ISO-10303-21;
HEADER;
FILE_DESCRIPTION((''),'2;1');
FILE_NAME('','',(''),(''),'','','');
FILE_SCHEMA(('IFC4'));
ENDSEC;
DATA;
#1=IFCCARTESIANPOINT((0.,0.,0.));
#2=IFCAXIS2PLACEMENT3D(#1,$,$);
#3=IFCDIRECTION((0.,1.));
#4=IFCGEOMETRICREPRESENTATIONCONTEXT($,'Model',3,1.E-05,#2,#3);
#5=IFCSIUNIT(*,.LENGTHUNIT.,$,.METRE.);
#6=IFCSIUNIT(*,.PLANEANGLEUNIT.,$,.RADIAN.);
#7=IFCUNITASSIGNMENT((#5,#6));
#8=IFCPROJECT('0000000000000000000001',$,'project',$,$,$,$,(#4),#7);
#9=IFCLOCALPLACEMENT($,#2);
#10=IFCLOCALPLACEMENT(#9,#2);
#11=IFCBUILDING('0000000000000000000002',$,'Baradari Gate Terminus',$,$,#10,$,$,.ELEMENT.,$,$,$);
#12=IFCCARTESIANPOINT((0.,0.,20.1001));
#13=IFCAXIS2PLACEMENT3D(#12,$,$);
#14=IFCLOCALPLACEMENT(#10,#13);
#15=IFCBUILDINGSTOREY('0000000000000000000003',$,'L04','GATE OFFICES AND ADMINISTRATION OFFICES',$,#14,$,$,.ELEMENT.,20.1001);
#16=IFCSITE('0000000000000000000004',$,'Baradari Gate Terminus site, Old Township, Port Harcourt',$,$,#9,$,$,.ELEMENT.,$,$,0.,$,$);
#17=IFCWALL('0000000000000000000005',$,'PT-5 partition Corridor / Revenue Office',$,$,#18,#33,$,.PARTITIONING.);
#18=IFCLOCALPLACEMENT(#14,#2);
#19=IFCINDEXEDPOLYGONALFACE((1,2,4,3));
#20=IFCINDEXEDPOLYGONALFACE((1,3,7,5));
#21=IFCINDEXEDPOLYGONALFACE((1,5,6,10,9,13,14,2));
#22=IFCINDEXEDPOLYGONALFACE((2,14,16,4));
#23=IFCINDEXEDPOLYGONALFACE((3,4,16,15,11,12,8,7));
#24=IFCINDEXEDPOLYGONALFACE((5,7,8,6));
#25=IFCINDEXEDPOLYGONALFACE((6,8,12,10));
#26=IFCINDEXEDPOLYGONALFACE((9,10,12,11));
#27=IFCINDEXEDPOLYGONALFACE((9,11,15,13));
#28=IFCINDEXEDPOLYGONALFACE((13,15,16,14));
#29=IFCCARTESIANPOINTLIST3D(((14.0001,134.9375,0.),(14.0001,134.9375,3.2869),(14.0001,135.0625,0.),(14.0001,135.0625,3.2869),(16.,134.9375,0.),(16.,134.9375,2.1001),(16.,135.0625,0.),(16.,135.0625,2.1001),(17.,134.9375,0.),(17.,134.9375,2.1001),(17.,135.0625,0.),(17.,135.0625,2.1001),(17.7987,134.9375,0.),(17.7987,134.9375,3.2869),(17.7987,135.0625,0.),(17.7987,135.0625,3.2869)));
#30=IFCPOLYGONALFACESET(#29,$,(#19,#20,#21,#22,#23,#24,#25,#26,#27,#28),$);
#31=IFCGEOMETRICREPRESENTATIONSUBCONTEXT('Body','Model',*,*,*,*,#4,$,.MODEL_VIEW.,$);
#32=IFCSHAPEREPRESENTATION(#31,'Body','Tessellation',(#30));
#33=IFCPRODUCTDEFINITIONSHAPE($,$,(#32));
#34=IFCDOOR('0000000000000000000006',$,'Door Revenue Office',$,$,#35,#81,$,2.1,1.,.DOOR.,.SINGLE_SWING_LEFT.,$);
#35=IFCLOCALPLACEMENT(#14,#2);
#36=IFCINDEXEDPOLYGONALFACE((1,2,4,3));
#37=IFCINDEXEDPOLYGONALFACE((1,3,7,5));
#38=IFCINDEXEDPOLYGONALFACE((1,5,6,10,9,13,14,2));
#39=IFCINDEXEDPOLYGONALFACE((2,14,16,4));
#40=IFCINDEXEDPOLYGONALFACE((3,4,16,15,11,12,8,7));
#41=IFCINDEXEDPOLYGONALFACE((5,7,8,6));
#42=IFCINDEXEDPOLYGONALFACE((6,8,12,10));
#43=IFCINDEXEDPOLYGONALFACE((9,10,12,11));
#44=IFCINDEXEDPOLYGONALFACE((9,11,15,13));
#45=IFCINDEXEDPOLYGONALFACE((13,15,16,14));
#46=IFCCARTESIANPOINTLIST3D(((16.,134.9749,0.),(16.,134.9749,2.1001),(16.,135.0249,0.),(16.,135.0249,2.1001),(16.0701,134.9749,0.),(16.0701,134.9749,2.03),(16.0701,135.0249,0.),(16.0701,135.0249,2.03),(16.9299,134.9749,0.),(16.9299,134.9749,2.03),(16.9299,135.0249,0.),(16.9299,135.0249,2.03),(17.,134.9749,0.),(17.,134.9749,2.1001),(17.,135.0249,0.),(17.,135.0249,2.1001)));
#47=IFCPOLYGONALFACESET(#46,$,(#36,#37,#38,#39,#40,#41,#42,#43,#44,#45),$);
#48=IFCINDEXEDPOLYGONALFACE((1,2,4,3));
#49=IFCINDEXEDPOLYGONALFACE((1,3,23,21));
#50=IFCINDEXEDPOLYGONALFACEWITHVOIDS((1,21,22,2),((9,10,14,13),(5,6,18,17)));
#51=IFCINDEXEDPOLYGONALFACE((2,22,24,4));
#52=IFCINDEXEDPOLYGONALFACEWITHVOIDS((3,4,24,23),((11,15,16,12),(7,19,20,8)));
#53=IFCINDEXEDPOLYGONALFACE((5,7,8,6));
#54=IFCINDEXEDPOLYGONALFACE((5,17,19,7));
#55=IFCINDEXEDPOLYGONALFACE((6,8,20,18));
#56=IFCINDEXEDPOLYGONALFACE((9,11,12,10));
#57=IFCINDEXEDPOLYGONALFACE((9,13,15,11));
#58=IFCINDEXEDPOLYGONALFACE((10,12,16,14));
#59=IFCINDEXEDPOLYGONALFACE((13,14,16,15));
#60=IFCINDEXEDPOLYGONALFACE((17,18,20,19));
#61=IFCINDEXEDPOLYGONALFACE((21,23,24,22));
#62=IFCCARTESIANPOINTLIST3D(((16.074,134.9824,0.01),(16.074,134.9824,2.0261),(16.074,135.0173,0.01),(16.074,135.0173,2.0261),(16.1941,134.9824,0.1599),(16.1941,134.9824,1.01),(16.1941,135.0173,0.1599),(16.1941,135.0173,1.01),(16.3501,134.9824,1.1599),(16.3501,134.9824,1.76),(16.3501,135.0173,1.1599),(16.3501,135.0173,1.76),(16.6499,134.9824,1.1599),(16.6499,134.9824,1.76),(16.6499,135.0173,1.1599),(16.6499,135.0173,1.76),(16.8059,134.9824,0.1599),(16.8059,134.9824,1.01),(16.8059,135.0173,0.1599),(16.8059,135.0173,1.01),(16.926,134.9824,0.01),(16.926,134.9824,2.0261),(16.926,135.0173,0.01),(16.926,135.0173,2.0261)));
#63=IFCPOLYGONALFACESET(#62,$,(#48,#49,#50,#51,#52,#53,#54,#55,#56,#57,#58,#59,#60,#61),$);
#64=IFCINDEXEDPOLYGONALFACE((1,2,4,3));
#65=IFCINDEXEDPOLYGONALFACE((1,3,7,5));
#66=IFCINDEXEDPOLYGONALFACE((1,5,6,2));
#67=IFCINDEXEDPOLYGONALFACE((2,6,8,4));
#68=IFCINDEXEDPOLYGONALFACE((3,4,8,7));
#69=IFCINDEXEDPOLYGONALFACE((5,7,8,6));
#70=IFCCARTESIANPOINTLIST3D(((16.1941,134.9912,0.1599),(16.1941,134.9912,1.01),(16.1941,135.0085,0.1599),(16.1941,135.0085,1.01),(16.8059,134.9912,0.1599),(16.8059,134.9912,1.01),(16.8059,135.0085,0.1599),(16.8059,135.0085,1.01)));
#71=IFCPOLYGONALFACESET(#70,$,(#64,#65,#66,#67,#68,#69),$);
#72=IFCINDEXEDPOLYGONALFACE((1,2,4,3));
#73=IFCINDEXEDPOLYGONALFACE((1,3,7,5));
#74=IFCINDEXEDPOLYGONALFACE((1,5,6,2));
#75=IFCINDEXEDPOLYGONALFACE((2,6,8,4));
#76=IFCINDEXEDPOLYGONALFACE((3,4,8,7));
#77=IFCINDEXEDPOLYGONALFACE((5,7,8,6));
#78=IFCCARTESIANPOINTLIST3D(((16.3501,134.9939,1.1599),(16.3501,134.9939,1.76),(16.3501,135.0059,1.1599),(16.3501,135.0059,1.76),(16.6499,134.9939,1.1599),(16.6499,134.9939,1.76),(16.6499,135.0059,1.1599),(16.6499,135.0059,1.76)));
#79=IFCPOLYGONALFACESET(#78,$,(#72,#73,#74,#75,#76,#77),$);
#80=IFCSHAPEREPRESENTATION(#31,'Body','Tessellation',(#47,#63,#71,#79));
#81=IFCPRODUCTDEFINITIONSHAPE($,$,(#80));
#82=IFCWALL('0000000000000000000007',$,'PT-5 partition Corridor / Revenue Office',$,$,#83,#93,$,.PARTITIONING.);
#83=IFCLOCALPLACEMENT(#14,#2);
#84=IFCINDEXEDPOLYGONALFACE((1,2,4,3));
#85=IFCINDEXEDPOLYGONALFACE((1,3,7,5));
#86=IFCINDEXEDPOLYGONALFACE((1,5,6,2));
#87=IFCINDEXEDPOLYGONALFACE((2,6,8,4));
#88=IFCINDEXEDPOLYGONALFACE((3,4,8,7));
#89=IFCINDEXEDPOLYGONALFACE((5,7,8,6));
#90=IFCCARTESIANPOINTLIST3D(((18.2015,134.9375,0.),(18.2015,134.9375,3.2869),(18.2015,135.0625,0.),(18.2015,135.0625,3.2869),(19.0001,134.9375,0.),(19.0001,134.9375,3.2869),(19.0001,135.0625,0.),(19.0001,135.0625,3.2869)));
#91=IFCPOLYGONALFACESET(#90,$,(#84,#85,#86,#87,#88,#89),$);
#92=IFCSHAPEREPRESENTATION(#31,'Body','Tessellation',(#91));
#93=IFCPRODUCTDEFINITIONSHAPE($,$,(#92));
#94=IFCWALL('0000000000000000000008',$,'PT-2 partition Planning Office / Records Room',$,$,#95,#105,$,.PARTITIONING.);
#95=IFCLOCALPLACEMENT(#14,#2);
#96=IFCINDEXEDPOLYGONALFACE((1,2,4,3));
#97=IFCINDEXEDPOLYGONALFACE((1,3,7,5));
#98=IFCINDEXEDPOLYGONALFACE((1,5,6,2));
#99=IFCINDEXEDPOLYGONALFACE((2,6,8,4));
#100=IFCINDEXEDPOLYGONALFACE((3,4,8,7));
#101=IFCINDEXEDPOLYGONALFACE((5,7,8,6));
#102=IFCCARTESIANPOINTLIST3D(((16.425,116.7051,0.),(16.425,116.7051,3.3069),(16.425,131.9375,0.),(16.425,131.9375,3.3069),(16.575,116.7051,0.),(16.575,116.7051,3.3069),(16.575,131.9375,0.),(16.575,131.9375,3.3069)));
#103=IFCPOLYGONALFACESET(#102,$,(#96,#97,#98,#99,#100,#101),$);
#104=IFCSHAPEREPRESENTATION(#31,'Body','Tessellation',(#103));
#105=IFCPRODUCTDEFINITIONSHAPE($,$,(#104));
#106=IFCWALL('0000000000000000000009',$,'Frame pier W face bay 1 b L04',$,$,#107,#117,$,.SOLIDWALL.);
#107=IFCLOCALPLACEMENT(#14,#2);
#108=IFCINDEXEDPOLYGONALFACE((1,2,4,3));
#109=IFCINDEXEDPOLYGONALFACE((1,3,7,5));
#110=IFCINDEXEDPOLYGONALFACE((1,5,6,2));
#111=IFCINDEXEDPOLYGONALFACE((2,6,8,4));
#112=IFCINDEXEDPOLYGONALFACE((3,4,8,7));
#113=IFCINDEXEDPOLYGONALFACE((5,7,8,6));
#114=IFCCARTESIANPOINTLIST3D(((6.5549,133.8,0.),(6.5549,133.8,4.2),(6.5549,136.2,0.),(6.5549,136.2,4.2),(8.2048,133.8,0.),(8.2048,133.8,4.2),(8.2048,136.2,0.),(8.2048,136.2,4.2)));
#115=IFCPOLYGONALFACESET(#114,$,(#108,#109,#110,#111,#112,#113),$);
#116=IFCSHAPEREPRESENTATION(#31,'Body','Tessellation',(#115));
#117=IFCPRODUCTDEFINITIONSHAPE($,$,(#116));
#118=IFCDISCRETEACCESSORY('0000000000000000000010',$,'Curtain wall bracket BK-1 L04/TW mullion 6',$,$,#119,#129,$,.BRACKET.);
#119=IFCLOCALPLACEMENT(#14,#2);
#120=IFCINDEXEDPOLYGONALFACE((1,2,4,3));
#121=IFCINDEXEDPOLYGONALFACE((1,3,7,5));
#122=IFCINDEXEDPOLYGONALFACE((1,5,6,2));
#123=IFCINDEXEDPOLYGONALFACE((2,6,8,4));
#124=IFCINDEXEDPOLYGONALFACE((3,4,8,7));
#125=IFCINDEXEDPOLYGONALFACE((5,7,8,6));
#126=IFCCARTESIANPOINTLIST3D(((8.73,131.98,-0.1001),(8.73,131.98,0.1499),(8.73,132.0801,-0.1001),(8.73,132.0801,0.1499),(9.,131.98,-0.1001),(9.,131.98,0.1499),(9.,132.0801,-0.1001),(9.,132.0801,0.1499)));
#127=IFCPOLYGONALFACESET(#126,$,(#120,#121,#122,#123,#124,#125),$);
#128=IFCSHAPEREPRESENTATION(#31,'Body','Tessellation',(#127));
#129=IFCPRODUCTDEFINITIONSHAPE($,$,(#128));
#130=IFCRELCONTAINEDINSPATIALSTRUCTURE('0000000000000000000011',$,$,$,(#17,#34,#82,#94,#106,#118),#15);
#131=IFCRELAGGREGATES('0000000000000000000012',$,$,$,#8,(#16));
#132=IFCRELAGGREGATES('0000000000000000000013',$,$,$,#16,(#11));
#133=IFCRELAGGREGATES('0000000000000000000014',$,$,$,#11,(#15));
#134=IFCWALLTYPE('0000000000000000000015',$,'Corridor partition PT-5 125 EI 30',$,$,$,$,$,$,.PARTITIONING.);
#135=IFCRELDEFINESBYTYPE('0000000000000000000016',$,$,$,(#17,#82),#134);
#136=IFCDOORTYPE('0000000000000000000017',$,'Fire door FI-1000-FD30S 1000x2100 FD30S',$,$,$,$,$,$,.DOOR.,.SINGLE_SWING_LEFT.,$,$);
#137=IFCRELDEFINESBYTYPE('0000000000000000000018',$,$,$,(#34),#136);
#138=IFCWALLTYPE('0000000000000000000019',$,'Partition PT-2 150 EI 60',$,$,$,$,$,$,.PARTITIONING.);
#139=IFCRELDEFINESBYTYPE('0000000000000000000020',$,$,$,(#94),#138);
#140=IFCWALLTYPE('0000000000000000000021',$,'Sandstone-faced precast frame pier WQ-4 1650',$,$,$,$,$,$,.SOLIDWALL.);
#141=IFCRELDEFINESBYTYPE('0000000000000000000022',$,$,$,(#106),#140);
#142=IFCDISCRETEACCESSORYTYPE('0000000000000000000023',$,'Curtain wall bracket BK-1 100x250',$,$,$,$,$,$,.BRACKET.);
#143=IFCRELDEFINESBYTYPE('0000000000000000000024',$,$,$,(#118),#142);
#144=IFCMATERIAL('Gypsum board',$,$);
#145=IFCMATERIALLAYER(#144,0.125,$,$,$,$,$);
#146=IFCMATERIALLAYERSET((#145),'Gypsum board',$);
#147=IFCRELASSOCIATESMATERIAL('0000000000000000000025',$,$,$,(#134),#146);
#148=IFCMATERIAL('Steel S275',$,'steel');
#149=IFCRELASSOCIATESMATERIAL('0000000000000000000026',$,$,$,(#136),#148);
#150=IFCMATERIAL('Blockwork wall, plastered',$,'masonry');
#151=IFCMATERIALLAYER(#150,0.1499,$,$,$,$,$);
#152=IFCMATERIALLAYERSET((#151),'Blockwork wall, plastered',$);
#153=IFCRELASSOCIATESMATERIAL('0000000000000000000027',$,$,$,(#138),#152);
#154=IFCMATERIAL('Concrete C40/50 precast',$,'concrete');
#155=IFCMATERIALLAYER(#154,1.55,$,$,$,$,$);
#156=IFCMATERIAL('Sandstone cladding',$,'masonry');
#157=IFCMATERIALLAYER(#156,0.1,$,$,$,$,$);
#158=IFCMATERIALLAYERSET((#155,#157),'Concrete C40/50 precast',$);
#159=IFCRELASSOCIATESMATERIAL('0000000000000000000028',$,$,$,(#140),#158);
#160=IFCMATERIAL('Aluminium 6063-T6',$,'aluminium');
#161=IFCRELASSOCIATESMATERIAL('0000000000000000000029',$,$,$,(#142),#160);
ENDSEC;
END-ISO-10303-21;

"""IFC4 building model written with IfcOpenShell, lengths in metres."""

from ifc_helpers import new_model, si_unit, direction, frame, frame_2d, origin, origin_2d, place, context, subcontext, project, spatial, polyline, rectangle, outline, extrude, material, layer, layer_set, type_object, element, fill, save


model = new_model("IFC4")

# Units and contexts
model_context = context("Model", 3, precision=1e-05, world=origin(), true_north=direction((0.0, 1.0)))
body_context = subcontext(model_context, "Body", "Model", "MODEL_VIEW")
ifc_project = project(units=[si_unit("LENGTHUNIT", "METRE"), si_unit("PLANEANGLEUNIT", "RADIAN")], contexts=[model_context])

# Site, building, storey
site_placement = place(None, origin())
site = spatial("IfcSite", under=ifc_project, at=site_placement, Name="Baradari Gate Terminus site, Old Township, Port Harcourt", CompositionType="ELEMENT", RefElevation=0.0)
building_placement = place(site_placement, origin())
building = spatial("IfcBuilding", under=site, at=building_placement, Name="Baradari Gate Terminus", CompositionType="ELEMENT")
storey_placement = place(building_placement, frame((0.0, 0.0, 20.1001)))
storey = spatial("IfcBuildingStorey", under=building, at=storey_placement, Name="L04", Description="GATE OFFICES AND ADMINISTRATION OFFICES", CompositionType="ELEMENT", Elevation=20.1001)

# Wall, opening, door
ifc_material_1 = material(Name="Gypsum board")
ifc_layer_1 = layer(ifc_material_1, 0.125)
ifc_layer_set_1 = layer_set([ifc_layer_1], Name="Gypsum board")
wall_type_1 = type_object("IfcWallType", Name="Corridor partition PT-5 125 EI 30", PredefinedType="PARTITIONING", material=ifc_layer_set_1)
ifc_material_2 = material(Name="Steel S275", Category="steel")
door_type = type_object("IfcDoorType", Name="Fire door FI-1000-FD30S 1000x2100 FD30S", OperationType="SINGLE_SWING_LEFT", PredefinedType="DOOR", material=ifc_material_2)
wall_1_placement = place(storey_placement, frame((14.0, 135.0, 0.0), z_axis=(0.0, 0.0, 1.0), x_axis=(1.0, 0.0, 0.0)))
wall_1 = element("IfcWall", 1, at=wall_1_placement, inside=storey, type_object=wall_type_1, Name="PT-5 partition Corridor / Revenue Office", PredefinedType="PARTITIONING", context=body_context, shape_type="SweptSolid", body=[
    extrude(rectangle(XDim=3.7986, YDim=0.125, at=frame_2d((1.8994, 0.0))), origin(), (0.0, 0.0, 1.0), 3.2869),
])
opening_1_placement = place(wall_1_placement, frame((2.0, 0.0, 0.0)))
opening_1 = element("IfcOpeningElement", 2, at=opening_1_placement, cuts=wall_1, PredefinedType="OPENING", context=body_context, shape_type="SweptSolid", body=[
    extrude(rectangle(XDim=1.0, YDim=2.1001, at=frame_2d((0.5, 1.05))), frame((0.0, 0.0725, 0.0), z_axis=(0.0, -1.0, 0.0), x_axis=(1.0, 0.0, 0.0)), (0.0, 0.0, 1.0), 0.145),
])
door_1_placement = place(opening_1_placement, origin())
door_1 = element("IfcDoor", 3, at=door_1_placement, inside=storey, type_object=door_type, Name="Door Revenue Office", OperationType="SINGLE_SWING_LEFT", OverallHeight=2.1, OverallWidth=1.0, PredefinedType="DOOR", context=body_context, shape_type="SweptSolid", body=[
    extrude(outline(polyline([(0.0, 0.0), (0.0701, 0.0), (0.0701, 2.03), (0.9299, 2.03), (0.9299, 0.0), (1.0, 0.0), (1.0, 2.1001), (0.0, 2.1001), (0.0, 0.0)])), frame((0.0, 0.0249, 0.0), z_axis=(0.0, -1.0, 0.0), x_axis=(1.0, 0.0, 0.0)), (0.0, 0.0, 1.0), 0.05),
    extrude(outline(polyline([(0.074, 0.01), (0.926, 0.01), (0.926, 2.0261), (0.074, 2.0261), (0.074, 0.01)]), holes=[polyline([(0.1941, 0.1599), (0.8059, 0.1599), (0.8059, 1.01), (0.1941, 1.01), (0.1941, 0.1599)]), polyline([(0.3501, 1.1599), (0.6499, 1.1599), (0.6499, 1.76), (0.3501, 1.76), (0.3501, 1.1599)])]), frame((0.0, 0.0173, 0.0), z_axis=(0.0, -1.0, 0.0), x_axis=(1.0, 0.0, 0.0)), (0.0, 0.0, 1.0), 0.0349),
    extrude(rectangle(XDim=0.6118, YDim=0.8501, at=frame_2d((0.5, 0.585))), frame((0.0, 0.0085, 0.0), z_axis=(0.0, -1.0, 0.0), x_axis=(1.0, 0.0, 0.0)), (0.0, 0.0, 1.0), 0.0173),
    extrude(rectangle(XDim=0.2998, YDim=0.6001, at=frame_2d((0.5, 1.46))), frame((0.0, 0.0059, 0.0), z_axis=(0.0, -1.0, 0.0), x_axis=(1.0, 0.0, 0.0)), (0.0, 0.0, 1.0), 0.012),
])
fill(opening_1, door_1)

# Walls
wall_2_placement = place(storey_placement, frame((18.2014, 135.0, 0.0), z_axis=(0.0, 0.0, 1.0), x_axis=(1.0, 0.0, 0.0)))
element("IfcWall", 4, at=wall_2_placement, inside=storey, type_object=wall_type_1, Name="PT-5 partition Corridor / Revenue Office", PredefinedType="PARTITIONING", context=body_context, shape_type="SweptSolid", body=[
    extrude(rectangle(XDim=0.7986, YDim=0.125, at=frame_2d((0.3994, 0.0))), origin(), (0.0, 0.0, 1.0), 3.2869),
])
ifc_material_3 = material(Name="Blockwork wall, plastered", Category="masonry")
ifc_layer_2 = layer(ifc_material_3, 0.1499)
ifc_layer_set_2 = layer_set([ifc_layer_2], Name="Blockwork wall, plastered")
wall_type_2 = type_object("IfcWallType", Name="Partition PT-2 150 EI 60", PredefinedType="PARTITIONING", material=ifc_layer_set_2)
wall_3_placement = place(storey_placement, frame((16.5, 131.9375, 0.0), z_axis=(0.0, 0.0, 1.0), x_axis=(0.0, -1.0, 0.0)))
element("IfcWall", 5, at=wall_3_placement, inside=storey, type_object=wall_type_2, Name="PT-2 partition Planning Office / Records Room", PredefinedType="PARTITIONING", context=body_context, shape_type="SweptSolid", body=[
    extrude(rectangle(XDim=15.2324, YDim=0.1499, at=frame_2d((7.6162, 0.0))), origin(), (0.0, 0.0, 1.0), 3.3069),
])
ifc_material_4 = material(Name="Concrete C40/50 precast", Category="concrete")
ifc_layer_3 = layer(ifc_material_4, 1.55)
ifc_material_5 = material(Name="Sandstone cladding", Category="masonry")
ifc_layer_4 = layer(ifc_material_5, 0.1)
ifc_layer_set_3 = layer_set([ifc_layer_3, ifc_layer_4], Name="Concrete C40/50 precast")
wall_type_3 = type_object("IfcWallType", Name="Sandstone-faced precast frame pier WQ-4 1650", PredefinedType="SOLIDWALL", material=ifc_layer_set_3)
wall_4_placement = place(storey_placement, frame((7.3799, 133.8, 0.0), z_axis=(0.0, 0.0, 1.0), x_axis=(0.0, 1.0, 0.0)))
element("IfcWall", 6, at=wall_4_placement, inside=storey, type_object=wall_type_3, Name="Frame pier W face bay 1 b L04", PredefinedType="SOLIDWALL", context=body_context, shape_type="SweptSolid", body=[
    extrude(rectangle(XDim=2.3999, YDim=1.6499, at=frame_2d((1.2, 0.0))), origin(), (0.0, 0.0, 1.0), 4.2),
])

# Discrete accessory
ifc_material_6 = material(Name="Aluminium 6063-T6", Category="aluminium")
discrete_accessory_type = type_object("IfcDiscreteAccessoryType", Name="Curtain wall bracket BK-1 100x250", PredefinedType="BRACKET", material=ifc_material_6)
discrete_accessory_placement = place(storey_placement, frame((8.865, 132.03, -0.1001), z_axis=(0.0, 0.0, 1.0), x_axis=(-1.0, 0.0, 0.0)))
element("IfcDiscreteAccessory", 7, at=discrete_accessory_placement, inside=storey, type_object=discrete_accessory_type, Name="Curtain wall bracket BK-1 L04/TW mullion 6", PredefinedType="BRACKET", context=body_context, shape_type="SweptSolid", body=[
    extrude(rectangle(XDim=0.27, YDim=0.1001, at=origin_2d()), origin(), (0.0, 0.0, 1.0), 0.25),
])

save(model, "model.ifc")
